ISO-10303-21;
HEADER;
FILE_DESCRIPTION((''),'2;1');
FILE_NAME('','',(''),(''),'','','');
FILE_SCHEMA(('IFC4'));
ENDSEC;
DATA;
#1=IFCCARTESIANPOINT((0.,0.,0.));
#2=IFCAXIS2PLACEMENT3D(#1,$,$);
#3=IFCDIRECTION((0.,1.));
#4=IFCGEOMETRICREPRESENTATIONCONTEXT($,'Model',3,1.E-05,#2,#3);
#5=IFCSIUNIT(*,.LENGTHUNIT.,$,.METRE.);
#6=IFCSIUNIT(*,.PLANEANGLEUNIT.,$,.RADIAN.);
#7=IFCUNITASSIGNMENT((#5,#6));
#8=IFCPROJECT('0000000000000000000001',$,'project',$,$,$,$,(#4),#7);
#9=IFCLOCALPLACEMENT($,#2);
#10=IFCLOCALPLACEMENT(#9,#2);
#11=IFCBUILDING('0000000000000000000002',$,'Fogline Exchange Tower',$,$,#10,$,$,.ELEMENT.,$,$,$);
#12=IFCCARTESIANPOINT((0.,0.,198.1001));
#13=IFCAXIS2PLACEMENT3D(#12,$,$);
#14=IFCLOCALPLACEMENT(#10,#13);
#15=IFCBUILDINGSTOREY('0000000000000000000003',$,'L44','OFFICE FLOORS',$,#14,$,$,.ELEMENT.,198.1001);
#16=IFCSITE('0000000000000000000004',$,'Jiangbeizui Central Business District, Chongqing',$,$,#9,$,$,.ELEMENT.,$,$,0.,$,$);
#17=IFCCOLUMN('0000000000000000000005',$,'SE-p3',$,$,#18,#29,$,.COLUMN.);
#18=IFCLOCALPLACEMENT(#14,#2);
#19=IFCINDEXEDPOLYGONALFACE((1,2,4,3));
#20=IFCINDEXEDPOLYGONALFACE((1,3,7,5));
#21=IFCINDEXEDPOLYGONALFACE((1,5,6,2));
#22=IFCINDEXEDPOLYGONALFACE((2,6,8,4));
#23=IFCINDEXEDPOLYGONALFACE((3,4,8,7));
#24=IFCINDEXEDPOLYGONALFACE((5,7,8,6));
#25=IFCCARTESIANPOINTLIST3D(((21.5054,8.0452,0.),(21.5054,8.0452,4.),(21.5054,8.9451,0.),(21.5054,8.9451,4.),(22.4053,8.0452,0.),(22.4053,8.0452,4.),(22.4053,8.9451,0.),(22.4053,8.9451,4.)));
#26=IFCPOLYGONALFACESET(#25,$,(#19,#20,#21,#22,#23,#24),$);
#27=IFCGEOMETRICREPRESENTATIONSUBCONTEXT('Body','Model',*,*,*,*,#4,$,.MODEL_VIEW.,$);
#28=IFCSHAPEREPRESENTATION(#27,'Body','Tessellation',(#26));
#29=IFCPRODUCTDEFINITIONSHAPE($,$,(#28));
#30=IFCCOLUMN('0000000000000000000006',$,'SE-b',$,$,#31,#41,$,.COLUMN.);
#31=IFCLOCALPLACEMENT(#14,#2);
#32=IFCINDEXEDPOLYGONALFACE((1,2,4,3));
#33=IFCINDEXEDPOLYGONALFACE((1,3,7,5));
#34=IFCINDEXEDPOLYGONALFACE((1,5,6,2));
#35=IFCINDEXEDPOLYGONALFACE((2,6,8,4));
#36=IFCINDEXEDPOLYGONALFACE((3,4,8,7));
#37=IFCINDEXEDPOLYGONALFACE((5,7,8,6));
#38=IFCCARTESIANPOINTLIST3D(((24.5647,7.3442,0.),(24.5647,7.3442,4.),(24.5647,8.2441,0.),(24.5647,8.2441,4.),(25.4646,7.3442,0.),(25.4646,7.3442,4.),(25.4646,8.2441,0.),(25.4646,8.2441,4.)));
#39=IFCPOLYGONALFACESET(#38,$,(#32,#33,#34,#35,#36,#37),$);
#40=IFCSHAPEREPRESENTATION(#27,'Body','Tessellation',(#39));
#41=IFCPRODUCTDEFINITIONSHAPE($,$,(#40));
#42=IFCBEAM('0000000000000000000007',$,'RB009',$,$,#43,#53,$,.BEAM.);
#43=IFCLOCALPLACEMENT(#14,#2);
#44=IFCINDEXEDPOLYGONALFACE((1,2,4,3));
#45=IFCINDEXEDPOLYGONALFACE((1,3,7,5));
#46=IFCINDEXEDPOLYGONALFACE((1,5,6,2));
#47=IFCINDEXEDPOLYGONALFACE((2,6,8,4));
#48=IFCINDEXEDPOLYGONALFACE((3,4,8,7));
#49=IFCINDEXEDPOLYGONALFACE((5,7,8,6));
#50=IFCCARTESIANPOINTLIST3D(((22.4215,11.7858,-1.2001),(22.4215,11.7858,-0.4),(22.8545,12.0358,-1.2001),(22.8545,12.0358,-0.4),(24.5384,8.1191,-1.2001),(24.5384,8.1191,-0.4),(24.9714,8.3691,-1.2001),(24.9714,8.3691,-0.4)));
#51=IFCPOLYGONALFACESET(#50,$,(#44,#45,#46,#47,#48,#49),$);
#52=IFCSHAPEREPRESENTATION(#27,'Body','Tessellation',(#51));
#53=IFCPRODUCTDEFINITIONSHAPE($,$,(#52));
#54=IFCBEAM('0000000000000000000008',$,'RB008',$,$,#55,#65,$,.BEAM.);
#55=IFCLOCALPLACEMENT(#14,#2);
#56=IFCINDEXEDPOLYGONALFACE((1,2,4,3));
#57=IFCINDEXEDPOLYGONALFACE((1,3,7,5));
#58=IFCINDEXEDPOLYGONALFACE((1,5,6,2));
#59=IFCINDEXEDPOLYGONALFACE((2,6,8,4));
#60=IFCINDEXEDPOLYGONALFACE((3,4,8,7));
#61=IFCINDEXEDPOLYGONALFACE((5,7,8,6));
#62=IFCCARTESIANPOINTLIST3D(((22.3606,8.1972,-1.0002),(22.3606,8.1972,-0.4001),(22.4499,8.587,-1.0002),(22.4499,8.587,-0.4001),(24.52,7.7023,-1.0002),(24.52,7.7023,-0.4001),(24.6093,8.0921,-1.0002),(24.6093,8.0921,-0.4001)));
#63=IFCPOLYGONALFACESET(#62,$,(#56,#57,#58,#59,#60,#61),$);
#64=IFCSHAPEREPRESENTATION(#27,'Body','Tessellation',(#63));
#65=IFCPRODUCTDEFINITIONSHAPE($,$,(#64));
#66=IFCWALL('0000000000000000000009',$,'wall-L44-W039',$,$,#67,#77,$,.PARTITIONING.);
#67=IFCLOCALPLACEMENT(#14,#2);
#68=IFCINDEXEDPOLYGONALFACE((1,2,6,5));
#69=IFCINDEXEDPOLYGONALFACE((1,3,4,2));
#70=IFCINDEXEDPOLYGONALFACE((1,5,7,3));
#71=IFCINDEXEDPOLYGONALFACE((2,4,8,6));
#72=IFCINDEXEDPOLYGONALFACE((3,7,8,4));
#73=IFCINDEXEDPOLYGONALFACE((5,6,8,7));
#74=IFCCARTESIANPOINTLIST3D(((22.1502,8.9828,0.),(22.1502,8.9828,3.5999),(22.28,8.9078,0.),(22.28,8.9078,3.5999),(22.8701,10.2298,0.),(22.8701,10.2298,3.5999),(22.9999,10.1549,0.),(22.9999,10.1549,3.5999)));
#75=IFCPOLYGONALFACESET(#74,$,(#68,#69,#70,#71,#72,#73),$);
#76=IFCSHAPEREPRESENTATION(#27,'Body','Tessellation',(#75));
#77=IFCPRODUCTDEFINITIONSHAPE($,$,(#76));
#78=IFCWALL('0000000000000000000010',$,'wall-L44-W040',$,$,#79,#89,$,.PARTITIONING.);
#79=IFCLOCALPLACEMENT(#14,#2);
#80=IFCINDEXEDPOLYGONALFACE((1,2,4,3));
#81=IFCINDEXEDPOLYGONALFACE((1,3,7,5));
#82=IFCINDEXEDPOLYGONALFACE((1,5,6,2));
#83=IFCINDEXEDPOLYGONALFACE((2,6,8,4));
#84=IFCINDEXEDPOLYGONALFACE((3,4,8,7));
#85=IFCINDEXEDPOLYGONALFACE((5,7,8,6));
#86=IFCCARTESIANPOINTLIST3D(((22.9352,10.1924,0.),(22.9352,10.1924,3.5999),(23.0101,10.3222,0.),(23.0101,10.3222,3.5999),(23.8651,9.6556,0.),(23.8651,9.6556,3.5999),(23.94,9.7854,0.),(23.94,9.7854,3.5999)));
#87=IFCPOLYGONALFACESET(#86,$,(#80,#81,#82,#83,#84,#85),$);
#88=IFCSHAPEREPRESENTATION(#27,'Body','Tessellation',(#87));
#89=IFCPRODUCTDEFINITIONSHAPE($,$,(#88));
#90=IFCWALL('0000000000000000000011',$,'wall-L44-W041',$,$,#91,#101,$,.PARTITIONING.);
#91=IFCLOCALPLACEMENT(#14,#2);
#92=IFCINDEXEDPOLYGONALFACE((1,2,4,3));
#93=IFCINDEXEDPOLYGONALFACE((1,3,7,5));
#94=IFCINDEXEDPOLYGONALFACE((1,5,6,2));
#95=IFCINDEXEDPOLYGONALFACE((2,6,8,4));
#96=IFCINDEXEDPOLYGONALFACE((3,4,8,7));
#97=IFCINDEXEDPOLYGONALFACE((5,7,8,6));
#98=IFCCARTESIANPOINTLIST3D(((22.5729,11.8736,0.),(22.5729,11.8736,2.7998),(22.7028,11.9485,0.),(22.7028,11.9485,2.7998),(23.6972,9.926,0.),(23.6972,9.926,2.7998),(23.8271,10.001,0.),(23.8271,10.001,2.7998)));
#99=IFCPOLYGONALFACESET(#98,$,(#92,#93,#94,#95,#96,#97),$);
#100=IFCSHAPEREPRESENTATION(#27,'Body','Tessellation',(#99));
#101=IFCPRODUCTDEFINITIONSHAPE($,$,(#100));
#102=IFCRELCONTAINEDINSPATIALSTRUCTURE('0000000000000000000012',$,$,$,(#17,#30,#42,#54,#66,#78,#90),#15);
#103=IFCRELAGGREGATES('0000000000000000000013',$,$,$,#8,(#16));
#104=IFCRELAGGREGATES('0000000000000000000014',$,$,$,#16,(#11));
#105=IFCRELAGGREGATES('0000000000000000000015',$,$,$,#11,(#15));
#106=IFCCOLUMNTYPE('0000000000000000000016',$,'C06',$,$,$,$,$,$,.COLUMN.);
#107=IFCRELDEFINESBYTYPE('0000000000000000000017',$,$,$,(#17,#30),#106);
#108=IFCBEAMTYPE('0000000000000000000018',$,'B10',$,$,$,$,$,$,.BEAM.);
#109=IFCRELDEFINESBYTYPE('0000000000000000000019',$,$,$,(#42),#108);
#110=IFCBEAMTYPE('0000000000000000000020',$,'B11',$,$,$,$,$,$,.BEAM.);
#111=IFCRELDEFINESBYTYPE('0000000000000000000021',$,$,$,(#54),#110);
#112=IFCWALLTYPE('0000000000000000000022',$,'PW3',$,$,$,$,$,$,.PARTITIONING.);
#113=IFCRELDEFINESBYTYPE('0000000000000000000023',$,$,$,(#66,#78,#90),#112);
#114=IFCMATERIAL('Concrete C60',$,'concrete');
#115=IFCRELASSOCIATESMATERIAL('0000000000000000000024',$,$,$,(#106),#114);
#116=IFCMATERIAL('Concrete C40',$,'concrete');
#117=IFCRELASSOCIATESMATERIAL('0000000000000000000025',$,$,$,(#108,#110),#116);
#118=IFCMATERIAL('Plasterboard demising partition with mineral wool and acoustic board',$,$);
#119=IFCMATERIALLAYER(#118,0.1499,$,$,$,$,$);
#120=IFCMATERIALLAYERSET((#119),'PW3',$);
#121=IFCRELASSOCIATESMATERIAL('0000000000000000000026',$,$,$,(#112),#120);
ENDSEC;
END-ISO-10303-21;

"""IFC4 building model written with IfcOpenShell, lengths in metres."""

from ifc_helpers import new_model, si_unit, direction, frame, frame_2d, origin, origin_2d, place, context, subcontext, project, spatial, rectangle, extrude, material, layer, layer_set, material_profile, profile_set, type_object, element, save


model = new_model("IFC4")

# Units and contexts
model_context = context("Model", 3, precision=1e-05, world=origin(), true_north=direction((0.0, 1.0)))
body_context = subcontext(model_context, "Body", "Model", "MODEL_VIEW")
ifc_project = project(units=[si_unit("LENGTHUNIT", "METRE"), si_unit("PLANEANGLEUNIT", "RADIAN")], contexts=[model_context])

# Site, building, storey
site_placement = place(None, origin())
site = spatial("IfcSite", under=ifc_project, at=site_placement, Name="Jiangbeizui Central Business District, Chongqing", CompositionType="ELEMENT", RefElevation=0.0)
building_placement = place(site_placement, origin())
building = spatial("IfcBuilding", under=site, at=building_placement, Name="Fogline Exchange Tower", CompositionType="ELEMENT")
storey_placement = place(building_placement, frame((0.0, 0.0, 198.1001)))
storey = spatial("IfcBuildingStorey", under=building, at=storey_placement, Name="L44", Description="OFFICE FLOORS", CompositionType="ELEMENT", Elevation=198.1001)

# Columns
ifc_material_1 = material(Name="Concrete C60", Category="concrete")
ifc_material_profile_1 = material_profile(ifc_material_1, rectangle(XDim=0.8999, YDim=0.8999, at=origin_2d()), Name="RC 900x900")
ifc_profile_set_1 = profile_set([ifc_material_profile_1], Name="Concrete C60")
column_type = type_object("IfcColumnType", Name="C06", PredefinedType="COLUMN", material=ifc_profile_set_1)
for number, where, z_axis, x_axis, name in (
    (1, (21.9553, 8.4951, 0.0), (0.0, 0.0, 1.0), (1.0, 0.0, 0.0), "SE-p3"),
    (2, (25.0146, 7.7942, 0.0), (0.0, 0.0, 1.0), (1.0, 0.0, 0.0), "SE-b"),
):
    element("IfcColumn", number, at=place(storey_placement, frame(where, z_axis=z_axis, x_axis=x_axis)), inside=storey, type_object=column_type, Name=name, PredefinedType="COLUMN", context=body_context, shape_type="SweptSolid", body=[
        extrude(rectangle(XDim=0.8999, YDim=0.8999, at=origin_2d()), origin(), (0.0, 0.0, 1.0), 4.0),
    ])

# Beams
ifc_material_2 = material(Name="Concrete C40", Category="concrete")
ifc_material_profile_2 = material_profile(ifc_material_2, rectangle(XDim=0.5, YDim=0.8, at=origin_2d()), Name="RC 500x800")
ifc_profile_set_2 = profile_set([ifc_material_profile_2], Name="Concrete C40")
beam_type_1 = type_object("IfcBeamType", Name="B10", PredefinedType="BEAM", material=ifc_profile_set_2)
beam_1_placement = place(storey_placement, frame((24.7549, 8.2441, -0.8), z_axis=(-0.49999, 0.866031, 0.0), x_axis=(-0.866031, -0.49999, 0.0)))
element("IfcBeam", 3, at=beam_1_placement, inside=storey, type_object=beam_type_1, Name="RB009", PredefinedType="BEAM", context=body_context, shape_type="SweptSolid", body=[
    extrude(rectangle(XDim=0.5, YDim=0.8, at=origin_2d()), origin(), (0.0, 0.0, 1.0), 4.2339),
])
ifc_material_profile_3 = material_profile(ifc_material_2, rectangle(XDim=0.3999, YDim=0.6001, at=origin_2d()), Name="RC 400x600")
ifc_profile_set_3 = profile_set([ifc_material_profile_3], Name="Concrete C40")
beam_type_2 = type_object("IfcBeamType", Name="B11", PredefinedType="BEAM", material=ifc_profile_set_3)
beam_2_placement = place(storey_placement, frame((22.4053, 8.3921, -0.7002), z_axis=(0.974732, -0.223378, 0.0), x_axis=(0.223378, 0.974732, 0.0)))
element("IfcBeam", 4, at=beam_2_placement, inside=storey, type_object=beam_type_2, Name="RB008", PredefinedType="BEAM", context=body_context, shape_type="SweptSolid", body=[
    extrude(rectangle(XDim=0.3999, YDim=0.6001, at=origin_2d()), origin(), (0.0, 0.0, 1.0), 2.2153),
])

# Walls
ifc_material_3 = material(Name="Plasterboard demising partition with mineral wool and acoustic board")
ifc_layer_1 = layer(ifc_material_3, 0.1499)
ifc_layer_set_1 = layer_set([ifc_layer_1], Name="PW3")
wall_type_1 = type_object("IfcWallType", Name="PW3", PredefinedType="PARTITIONING", material=ifc_layer_set_1)
wall_1_placement = place(storey_placement, frame((22.2151, 8.9453, 0.0), z_axis=(0.0, 0.0, 1.0), x_axis=(0.499987, 0.866033, 0.0)))
element("IfcWall", 5, at=wall_1_placement, inside=storey, type_object=wall_type_1, Name="wall-L44-W039", PredefinedType="PARTITIONING", context=body_context, shape_type="SweptSolid", body=[
    extrude(rectangle(XDim=1.4399, YDim=0.1499, at=frame_2d((0.72, 0.0))), origin(), (0.0, 0.0, 1.0), 3.5999),
])
wall_2_placement = place(storey_placement, frame((22.9727, 10.2573, 0.0), z_axis=(0.0, 0.0, 1.0), x_axis=(0.866038, -0.499978, 0.0)))
element("IfcWall", 6, at=wall_2_placement, inside=storey, type_object=wall_type_1, Name="wall-L44-W040", PredefinedType="PARTITIONING", context=body_context, shape_type="SweptSolid", body=[
    extrude(rectangle(XDim=1.0737, YDim=0.1499, at=frame_2d((0.5369, 0.0))), origin(), (0.0, 0.0, 1.0), 3.5999),
])
wall_3_placement = place(storey_placement, frame((23.7622, 9.9634, 0.0), z_axis=(0.0, 0.0, 1.0), x_axis=(-0.499957, 0.86605, 0.0)))
element("IfcWall", 7, at=wall_3_placement, inside=storey, type_object=wall_type_1, Name="wall-L44-W041", PredefinedType="PARTITIONING", context=body_context, shape_type="SweptSolid", body=[
    extrude(rectangle(XDim=2.2488, YDim=0.1499, at=frame_2d((1.1245, 0.0))), origin(), (0.0, 0.0, 1.0), 2.7998),
])

save(model, "model.ifc")
